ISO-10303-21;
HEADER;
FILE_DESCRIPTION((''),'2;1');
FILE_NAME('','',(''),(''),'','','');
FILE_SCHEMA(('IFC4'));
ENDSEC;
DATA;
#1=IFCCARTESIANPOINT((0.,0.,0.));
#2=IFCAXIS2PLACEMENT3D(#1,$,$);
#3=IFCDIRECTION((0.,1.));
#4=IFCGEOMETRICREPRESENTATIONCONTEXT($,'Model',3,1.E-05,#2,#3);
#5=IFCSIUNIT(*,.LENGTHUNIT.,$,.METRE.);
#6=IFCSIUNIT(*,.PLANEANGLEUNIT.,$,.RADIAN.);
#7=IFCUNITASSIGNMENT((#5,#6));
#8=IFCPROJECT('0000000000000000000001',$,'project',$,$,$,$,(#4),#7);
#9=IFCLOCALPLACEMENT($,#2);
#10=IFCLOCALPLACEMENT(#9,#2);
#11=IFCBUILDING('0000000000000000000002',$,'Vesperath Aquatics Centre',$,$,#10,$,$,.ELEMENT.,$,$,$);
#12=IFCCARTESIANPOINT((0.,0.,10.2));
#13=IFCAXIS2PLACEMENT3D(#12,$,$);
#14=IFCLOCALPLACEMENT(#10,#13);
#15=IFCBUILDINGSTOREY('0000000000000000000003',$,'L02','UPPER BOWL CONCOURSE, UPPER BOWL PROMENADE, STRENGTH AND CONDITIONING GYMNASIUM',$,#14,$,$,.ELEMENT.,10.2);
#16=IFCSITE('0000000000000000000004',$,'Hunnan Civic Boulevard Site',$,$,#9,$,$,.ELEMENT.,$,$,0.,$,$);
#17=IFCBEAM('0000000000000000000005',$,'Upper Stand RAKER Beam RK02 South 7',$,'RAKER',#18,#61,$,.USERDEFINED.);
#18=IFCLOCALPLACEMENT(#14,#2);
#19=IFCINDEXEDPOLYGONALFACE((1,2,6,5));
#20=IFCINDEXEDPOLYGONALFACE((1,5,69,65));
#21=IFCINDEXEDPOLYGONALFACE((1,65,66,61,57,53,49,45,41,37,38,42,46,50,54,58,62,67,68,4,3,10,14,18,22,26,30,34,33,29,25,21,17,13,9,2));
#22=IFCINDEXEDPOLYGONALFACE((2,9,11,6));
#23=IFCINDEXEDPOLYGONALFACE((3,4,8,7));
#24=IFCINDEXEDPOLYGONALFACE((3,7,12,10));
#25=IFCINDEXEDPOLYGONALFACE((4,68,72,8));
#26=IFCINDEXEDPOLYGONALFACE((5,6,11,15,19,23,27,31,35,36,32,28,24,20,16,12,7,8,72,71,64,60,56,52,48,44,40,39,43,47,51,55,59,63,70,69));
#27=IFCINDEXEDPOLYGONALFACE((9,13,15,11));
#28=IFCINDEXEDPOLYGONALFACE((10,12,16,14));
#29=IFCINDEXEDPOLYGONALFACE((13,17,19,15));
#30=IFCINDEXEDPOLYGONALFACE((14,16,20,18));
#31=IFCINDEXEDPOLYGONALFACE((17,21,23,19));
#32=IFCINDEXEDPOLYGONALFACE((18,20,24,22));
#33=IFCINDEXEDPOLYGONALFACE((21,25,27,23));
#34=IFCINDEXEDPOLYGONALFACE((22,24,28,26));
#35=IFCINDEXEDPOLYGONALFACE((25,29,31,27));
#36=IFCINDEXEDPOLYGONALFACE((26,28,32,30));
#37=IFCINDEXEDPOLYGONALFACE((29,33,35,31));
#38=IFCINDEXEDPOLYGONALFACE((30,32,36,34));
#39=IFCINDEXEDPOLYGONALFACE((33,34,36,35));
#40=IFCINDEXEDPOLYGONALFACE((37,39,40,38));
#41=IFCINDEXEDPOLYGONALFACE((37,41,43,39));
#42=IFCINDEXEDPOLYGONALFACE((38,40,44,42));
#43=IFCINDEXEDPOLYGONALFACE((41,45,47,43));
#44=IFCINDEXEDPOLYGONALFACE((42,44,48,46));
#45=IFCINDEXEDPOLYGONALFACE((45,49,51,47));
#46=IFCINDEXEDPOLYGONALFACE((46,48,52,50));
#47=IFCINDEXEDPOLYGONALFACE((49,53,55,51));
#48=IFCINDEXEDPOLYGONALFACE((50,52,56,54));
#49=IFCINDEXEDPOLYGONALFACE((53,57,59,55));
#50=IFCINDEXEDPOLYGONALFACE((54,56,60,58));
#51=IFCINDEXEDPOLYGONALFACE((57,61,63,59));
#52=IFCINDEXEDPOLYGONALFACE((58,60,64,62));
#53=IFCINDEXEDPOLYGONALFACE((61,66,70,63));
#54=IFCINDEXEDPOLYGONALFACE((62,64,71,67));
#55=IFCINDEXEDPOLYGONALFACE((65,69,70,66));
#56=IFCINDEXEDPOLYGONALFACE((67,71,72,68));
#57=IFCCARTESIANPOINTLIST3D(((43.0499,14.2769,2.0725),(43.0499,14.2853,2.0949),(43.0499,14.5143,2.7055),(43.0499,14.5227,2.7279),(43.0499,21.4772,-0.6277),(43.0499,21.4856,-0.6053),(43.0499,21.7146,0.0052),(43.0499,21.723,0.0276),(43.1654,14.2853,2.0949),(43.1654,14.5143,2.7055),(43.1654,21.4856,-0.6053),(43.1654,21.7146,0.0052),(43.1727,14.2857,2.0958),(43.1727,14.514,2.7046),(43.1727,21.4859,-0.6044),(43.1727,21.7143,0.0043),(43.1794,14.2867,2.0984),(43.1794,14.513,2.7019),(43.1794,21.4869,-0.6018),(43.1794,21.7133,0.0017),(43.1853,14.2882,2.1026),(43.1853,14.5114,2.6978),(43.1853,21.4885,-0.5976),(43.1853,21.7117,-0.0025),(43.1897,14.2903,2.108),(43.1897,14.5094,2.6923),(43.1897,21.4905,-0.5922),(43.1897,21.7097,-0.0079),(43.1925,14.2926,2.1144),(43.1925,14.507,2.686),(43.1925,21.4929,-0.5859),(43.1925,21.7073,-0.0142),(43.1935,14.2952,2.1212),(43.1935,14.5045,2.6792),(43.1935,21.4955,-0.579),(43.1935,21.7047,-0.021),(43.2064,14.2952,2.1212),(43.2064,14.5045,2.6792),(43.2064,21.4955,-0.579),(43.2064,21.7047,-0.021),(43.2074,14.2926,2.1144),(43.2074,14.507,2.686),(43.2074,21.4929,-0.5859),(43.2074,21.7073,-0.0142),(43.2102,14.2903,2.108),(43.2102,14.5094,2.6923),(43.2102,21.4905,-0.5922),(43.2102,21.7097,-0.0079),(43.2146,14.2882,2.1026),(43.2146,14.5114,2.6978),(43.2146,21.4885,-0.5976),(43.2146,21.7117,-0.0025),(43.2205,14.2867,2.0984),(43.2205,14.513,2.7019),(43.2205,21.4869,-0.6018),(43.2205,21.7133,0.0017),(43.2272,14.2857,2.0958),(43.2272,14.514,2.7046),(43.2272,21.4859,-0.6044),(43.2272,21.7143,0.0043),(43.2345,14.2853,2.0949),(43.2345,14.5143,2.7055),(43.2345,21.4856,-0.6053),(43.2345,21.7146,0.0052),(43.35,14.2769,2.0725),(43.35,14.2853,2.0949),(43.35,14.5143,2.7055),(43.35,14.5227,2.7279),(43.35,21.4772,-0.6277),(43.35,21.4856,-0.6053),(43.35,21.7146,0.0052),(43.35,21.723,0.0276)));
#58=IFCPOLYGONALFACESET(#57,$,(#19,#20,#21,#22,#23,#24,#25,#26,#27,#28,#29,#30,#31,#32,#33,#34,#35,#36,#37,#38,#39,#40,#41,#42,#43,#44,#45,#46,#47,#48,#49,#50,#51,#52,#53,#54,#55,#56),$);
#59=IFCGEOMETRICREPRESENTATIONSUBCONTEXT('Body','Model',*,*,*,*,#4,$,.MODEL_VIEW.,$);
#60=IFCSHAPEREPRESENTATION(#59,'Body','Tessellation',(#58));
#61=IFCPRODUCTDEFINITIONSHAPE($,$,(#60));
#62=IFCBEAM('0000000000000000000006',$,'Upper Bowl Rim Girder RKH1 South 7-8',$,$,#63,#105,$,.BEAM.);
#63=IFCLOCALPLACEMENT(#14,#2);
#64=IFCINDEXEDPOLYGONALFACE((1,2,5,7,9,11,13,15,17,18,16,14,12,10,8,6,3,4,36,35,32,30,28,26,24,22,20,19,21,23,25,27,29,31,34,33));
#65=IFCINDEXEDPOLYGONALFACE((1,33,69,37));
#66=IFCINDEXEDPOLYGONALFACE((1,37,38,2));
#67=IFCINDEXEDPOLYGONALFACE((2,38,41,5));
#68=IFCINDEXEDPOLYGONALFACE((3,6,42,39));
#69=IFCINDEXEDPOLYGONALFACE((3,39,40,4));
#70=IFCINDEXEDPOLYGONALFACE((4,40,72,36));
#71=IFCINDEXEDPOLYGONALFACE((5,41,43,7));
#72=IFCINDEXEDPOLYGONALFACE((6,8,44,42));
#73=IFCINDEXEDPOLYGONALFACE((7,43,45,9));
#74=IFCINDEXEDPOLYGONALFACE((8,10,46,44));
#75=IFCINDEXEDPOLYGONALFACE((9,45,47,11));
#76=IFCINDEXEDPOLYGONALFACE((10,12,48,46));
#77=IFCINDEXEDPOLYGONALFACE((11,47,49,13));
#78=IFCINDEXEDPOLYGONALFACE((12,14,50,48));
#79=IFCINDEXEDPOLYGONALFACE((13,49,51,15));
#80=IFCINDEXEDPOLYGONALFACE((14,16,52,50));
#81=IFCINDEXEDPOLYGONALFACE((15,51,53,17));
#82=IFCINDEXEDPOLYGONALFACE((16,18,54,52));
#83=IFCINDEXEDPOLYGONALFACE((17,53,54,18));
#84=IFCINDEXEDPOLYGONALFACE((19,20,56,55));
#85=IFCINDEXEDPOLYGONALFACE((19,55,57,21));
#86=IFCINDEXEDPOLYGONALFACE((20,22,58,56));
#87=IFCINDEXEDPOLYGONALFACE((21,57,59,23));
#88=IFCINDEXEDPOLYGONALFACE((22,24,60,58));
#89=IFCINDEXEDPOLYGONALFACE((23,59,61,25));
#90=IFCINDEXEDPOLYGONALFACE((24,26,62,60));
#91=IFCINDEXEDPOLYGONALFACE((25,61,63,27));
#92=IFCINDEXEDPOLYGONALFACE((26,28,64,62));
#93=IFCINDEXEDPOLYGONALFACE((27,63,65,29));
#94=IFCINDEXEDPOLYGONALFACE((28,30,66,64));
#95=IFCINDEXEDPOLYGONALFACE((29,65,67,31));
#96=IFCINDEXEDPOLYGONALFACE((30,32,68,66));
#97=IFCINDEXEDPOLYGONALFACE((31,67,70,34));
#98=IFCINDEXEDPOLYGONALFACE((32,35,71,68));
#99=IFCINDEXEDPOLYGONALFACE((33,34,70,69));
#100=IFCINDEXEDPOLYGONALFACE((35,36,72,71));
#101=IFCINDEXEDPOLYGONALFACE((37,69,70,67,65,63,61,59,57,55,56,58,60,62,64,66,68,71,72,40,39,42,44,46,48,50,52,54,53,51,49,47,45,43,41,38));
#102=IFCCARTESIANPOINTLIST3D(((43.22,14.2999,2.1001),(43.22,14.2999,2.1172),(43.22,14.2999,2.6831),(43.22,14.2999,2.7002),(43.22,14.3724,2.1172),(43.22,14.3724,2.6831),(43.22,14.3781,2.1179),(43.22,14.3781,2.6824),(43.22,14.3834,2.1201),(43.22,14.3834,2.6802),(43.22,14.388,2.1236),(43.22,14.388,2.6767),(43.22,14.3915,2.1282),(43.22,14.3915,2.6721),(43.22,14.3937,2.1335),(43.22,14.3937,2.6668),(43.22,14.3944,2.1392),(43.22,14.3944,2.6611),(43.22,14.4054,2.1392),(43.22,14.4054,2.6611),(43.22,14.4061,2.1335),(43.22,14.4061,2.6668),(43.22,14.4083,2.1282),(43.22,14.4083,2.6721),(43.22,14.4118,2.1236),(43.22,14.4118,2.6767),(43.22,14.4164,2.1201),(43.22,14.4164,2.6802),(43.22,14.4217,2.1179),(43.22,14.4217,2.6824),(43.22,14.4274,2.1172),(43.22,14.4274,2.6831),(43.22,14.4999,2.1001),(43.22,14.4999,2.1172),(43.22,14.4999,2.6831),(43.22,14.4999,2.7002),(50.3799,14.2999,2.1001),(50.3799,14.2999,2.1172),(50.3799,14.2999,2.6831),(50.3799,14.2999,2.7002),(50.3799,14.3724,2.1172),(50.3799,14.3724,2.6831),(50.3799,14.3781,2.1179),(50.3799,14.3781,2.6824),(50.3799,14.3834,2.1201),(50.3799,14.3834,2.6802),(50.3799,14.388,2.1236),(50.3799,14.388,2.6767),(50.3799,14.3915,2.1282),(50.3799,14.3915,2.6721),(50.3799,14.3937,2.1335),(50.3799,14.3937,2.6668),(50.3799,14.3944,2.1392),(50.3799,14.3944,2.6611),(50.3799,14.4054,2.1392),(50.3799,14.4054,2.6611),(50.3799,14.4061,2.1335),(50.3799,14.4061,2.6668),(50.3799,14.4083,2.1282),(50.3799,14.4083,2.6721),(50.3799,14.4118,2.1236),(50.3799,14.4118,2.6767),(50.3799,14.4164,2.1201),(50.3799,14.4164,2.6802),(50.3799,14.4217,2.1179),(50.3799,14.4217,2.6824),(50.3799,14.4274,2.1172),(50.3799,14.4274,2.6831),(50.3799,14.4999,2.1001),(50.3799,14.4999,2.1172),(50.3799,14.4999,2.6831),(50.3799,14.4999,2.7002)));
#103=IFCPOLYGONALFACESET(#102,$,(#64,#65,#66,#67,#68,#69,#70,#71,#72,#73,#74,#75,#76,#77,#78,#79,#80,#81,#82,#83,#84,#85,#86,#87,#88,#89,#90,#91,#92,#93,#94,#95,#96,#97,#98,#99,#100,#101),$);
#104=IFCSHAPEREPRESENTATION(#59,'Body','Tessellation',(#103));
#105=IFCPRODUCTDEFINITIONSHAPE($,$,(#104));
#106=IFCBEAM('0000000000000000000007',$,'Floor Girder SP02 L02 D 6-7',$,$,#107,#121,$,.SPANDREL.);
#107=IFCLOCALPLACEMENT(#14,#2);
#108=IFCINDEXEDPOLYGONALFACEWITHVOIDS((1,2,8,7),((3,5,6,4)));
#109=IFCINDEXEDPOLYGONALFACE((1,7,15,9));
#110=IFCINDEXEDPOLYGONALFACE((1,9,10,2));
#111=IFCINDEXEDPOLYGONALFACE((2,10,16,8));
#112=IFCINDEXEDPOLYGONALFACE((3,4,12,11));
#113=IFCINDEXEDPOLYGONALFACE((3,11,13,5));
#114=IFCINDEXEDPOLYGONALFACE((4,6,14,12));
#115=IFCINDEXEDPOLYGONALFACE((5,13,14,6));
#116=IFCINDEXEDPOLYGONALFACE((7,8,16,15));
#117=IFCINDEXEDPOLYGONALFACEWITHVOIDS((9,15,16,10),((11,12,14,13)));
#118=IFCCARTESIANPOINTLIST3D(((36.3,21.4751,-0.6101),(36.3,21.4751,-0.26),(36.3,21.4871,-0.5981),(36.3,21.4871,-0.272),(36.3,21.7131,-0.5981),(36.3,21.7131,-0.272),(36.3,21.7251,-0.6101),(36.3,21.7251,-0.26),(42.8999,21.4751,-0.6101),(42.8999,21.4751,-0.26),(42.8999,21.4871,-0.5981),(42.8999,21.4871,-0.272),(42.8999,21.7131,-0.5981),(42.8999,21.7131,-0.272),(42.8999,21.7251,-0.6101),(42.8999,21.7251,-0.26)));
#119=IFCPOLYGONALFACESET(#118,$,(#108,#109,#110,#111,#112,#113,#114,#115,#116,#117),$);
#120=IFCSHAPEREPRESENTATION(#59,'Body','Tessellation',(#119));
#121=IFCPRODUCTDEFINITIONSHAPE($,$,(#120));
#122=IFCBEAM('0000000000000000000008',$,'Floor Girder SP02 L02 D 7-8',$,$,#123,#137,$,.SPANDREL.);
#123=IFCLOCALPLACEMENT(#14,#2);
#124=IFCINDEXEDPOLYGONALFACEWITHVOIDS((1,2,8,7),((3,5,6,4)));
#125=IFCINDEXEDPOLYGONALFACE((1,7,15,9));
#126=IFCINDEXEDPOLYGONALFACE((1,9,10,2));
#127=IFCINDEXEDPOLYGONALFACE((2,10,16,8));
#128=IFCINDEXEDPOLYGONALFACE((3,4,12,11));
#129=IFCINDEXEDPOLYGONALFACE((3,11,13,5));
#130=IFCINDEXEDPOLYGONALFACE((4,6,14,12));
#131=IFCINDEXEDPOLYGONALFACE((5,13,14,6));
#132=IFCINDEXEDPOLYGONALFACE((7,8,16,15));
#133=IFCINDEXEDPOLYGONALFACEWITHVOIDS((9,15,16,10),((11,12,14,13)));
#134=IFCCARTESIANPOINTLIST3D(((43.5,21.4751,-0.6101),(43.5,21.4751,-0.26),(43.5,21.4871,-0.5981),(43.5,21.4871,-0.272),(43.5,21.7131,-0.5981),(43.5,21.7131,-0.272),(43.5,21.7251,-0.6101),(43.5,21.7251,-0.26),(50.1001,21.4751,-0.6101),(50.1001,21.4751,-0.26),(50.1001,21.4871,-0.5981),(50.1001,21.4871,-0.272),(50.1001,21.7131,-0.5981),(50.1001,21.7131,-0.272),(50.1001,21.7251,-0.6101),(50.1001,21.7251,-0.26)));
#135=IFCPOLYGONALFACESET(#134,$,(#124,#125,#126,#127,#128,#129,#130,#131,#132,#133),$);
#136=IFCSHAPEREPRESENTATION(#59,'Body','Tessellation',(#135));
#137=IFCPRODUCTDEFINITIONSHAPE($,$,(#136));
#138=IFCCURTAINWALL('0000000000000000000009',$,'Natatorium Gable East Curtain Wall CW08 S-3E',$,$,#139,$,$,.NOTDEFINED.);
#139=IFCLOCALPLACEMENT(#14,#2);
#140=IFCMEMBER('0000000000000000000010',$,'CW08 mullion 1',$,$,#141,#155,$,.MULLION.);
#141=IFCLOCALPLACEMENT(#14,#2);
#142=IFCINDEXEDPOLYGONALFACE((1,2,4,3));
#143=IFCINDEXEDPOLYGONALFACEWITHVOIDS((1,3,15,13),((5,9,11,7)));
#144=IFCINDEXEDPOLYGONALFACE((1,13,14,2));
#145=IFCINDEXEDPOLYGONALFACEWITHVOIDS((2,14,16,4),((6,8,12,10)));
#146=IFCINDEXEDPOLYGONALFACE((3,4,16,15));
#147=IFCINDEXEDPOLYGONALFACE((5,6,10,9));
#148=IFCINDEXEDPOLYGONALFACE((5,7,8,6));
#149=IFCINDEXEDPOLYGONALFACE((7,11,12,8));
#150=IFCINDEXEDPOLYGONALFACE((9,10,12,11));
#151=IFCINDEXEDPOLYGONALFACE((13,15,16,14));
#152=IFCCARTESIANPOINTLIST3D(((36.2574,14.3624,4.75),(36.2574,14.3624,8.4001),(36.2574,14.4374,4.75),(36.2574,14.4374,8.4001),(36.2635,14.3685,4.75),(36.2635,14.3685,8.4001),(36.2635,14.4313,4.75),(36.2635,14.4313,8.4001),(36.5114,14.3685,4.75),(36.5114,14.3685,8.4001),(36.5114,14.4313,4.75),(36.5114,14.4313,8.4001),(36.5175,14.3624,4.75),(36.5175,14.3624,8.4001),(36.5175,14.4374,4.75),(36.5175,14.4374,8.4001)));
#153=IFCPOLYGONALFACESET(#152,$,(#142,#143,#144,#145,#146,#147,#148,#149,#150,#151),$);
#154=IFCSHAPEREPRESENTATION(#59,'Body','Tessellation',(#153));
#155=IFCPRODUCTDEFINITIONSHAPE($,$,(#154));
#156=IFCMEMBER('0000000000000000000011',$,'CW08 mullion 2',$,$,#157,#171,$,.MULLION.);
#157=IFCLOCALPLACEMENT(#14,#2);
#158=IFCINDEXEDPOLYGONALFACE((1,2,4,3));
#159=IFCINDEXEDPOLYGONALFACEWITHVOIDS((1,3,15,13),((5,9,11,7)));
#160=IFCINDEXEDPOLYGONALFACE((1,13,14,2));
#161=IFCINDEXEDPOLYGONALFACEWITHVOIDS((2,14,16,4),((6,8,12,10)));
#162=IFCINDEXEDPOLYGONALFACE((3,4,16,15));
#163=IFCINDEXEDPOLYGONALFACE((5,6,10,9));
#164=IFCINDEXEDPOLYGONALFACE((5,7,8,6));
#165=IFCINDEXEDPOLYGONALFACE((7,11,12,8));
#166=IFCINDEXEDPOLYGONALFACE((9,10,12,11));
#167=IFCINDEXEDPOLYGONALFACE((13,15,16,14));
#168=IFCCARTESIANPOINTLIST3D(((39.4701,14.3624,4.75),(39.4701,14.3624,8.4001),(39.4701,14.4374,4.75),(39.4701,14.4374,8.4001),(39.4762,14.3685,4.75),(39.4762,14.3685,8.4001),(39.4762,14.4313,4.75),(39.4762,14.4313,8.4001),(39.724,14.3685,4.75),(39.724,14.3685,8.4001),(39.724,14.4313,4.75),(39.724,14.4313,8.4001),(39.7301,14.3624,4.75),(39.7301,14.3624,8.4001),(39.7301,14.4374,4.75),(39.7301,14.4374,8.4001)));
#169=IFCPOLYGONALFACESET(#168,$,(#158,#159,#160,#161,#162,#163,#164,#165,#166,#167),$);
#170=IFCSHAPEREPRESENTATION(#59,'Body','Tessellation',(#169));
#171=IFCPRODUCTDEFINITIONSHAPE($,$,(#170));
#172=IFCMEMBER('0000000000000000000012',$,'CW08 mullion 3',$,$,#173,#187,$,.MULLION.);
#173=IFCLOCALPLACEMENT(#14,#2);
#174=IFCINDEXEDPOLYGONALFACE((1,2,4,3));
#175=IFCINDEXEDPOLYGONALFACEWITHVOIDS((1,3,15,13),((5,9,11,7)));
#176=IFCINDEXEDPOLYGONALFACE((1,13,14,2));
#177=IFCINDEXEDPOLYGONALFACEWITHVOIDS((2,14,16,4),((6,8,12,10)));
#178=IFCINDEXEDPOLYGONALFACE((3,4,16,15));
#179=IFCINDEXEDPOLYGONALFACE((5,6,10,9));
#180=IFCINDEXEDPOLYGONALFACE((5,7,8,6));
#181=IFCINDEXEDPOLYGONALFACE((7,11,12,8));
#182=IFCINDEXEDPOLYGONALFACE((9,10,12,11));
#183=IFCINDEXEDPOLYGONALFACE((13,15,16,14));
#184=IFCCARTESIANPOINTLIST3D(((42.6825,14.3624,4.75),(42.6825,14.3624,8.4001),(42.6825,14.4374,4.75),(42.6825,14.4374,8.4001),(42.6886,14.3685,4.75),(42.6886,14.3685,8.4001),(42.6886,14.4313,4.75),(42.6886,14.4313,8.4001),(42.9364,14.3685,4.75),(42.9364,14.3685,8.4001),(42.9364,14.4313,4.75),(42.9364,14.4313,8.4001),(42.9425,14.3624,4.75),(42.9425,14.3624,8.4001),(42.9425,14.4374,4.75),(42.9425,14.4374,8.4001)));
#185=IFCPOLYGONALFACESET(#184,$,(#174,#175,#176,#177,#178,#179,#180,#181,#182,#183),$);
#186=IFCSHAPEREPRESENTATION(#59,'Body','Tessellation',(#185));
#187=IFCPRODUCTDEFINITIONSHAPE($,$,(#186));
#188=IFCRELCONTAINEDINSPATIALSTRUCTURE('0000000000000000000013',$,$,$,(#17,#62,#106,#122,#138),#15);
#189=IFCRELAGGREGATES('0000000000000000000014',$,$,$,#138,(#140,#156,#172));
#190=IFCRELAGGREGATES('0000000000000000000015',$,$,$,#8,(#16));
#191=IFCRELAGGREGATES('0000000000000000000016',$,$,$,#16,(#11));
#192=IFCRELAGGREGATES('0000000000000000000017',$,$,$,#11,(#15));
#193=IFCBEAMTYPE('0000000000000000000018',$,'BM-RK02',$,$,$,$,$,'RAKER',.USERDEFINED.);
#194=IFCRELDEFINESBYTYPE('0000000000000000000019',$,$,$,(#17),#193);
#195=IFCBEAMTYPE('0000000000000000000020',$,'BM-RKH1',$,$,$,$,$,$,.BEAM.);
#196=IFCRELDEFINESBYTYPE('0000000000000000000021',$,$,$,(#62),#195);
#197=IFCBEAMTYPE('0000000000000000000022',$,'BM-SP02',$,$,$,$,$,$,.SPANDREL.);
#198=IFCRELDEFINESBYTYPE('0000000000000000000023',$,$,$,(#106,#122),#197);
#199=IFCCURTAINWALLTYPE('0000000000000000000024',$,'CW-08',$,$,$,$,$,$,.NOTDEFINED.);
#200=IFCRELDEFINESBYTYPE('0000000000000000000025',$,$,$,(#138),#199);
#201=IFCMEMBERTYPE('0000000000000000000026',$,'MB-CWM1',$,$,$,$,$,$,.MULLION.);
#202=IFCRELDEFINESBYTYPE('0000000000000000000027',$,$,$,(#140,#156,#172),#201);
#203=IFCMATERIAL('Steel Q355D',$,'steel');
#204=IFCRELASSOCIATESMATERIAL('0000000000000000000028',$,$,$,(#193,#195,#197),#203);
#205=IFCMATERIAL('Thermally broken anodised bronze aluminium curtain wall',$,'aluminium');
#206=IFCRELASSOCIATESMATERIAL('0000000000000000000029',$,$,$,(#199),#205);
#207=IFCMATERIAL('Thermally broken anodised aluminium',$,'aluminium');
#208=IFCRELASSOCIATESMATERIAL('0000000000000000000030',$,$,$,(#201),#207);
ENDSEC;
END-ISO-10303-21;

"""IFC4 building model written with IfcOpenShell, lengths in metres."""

from ifc_helpers import new_model, si_unit, direction, frame, origin, origin_2d, place, context, subcontext, project, spatial, hollow_rectangle, i_section, extrude, material, material_profile, profile_set, type_object, element, aggregate, save


model = new_model("IFC4")

# Units and contexts
model_context = context("Model", 3, precision=1e-05, world=origin(), true_north=direction((0.0, 1.0)))
body_context = subcontext(model_context, "Body", "Model", "MODEL_VIEW")
ifc_project = project(units=[si_unit("LENGTHUNIT", "METRE"), si_unit("PLANEANGLEUNIT", "RADIAN")], contexts=[model_context])

# Site, building, storey
site_placement = place(None, origin())
site = spatial("IfcSite", under=ifc_project, at=site_placement, Name="Hunnan Civic Boulevard Site", CompositionType="ELEMENT", RefElevation=0.0)
building_placement = place(site_placement, origin())
building = spatial("IfcBuilding", under=site, at=building_placement, Name="Vesperath Aquatics Centre", CompositionType="ELEMENT")
storey_placement = place(building_placement, frame((0.0, 0.0, 10.2)))
storey = spatial("IfcBuildingStorey", under=building, at=storey_placement, Name="L02", Description="UPPER BOWL CONCOURSE, UPPER BOWL PROMENADE, STRENGTH AND CONDITIONING GYMNASIUM", CompositionType="ELEMENT", Elevation=10.2)

# Shared definitions
ifc_material_1 = material(Name="Steel Q355D", Category="steel")

# Beams
ifc_material_profile_1 = material_profile(ifc_material_1, i_section(OverallWidth=0.3, OverallDepth=0.7, WebThickness=0.0129, FlangeThickness=0.0239, FilletRadius=0.0281, at=origin_2d()), Name="HN 700x300x13x24")
ifc_profile_set_1 = profile_set([ifc_material_profile_1], Name="Steel Q355D")
beam_type_1 = type_object("IfcBeamType", Name="BM-RK02", ElementType="RAKER", PredefinedType="USERDEFINED", material=ifc_profile_set_1)
beam_1_placement = place(storey_placement, frame((43.2, 21.6001, -0.3), z_axis=(0.0, -0.936324, 0.351137), x_axis=(1.0, 0.0, 0.0)))
element("IfcBeam", 1, at=beam_1_placement, inside=storey, type_object=beam_type_1, Name="Upper Stand RAKER Beam RK02 South 7", ObjectType="RAKER", PredefinedType="USERDEFINED", context=body_context, shape_type="SweptSolid", body=[
    extrude(i_section(OverallWidth=0.3, OverallDepth=0.7, WebThickness=0.0129, FlangeThickness=0.0239, FilletRadius=0.0281, at=origin_2d()), origin(), (0.0, 0.0, 1.0), 7.6899),
])
ifc_material_profile_2 = material_profile(ifc_material_1, i_section(OverallWidth=0.2, OverallDepth=0.6001, WebThickness=0.011, FlangeThickness=0.0171, FilletRadius=0.022, at=origin_2d()), Name="HN 600x200x11x17")
ifc_profile_set_2 = profile_set([ifc_material_profile_2], Name="Steel Q355D")
beam_type_2 = type_object("IfcBeamType", Name="BM-RKH1", PredefinedType="BEAM", material=ifc_profile_set_2)
beam_2_placement = place(storey_placement, frame((43.22, 14.3999, 2.4001), z_axis=(1.0, 0.0, 0.0), x_axis=(0.0, 1.0, 0.0)))
element("IfcBeam", 2, at=beam_2_placement, inside=storey, type_object=beam_type_2, Name="Upper Bowl Rim Girder RKH1 South 7-8", PredefinedType="BEAM", context=body_context, shape_type="SweptSolid", body=[
    extrude(i_section(OverallWidth=0.2, OverallDepth=0.6001, WebThickness=0.011, FlangeThickness=0.0171, FilletRadius=0.022, at=origin_2d()), origin(), (0.0, 0.0, 1.0), 7.1599),
])
ifc_material_profile_3 = material_profile(ifc_material_1, hollow_rectangle(XDim=0.25, YDim=0.3501, WallThickness=0.012, at=origin_2d()), Name="RHS 350x250x12")
ifc_profile_set_3 = profile_set([ifc_material_profile_3], Name="Steel Q355D")
beam_type_3 = type_object("IfcBeamType", Name="BM-SP02", PredefinedType="SPANDREL", material=ifc_profile_set_3)
beam_3_placement = place(storey_placement, frame((36.3, 21.6001, -0.4351), z_axis=(1.0, 0.0, 0.0), x_axis=(0.0, 1.0, 0.0)))
element("IfcBeam", 3, at=beam_3_placement, inside=storey, type_object=beam_type_3, Name="Floor Girder SP02 L02 D 6-7", PredefinedType="SPANDREL", context=body_context, shape_type="SweptSolid", body=[
    extrude(hollow_rectangle(XDim=0.25, YDim=0.3501, WallThickness=0.012, at=origin_2d()), origin(), (0.0, 0.0, 1.0), 6.5999),
])
beam_4_placement = place(storey_placement, frame((43.5, 21.6001, -0.4351), z_axis=(1.0, 0.0, 0.0), x_axis=(0.0, 1.0, 0.0)))
element("IfcBeam", 4, at=beam_4_placement, inside=storey, type_object=beam_type_3, Name="Floor Girder SP02 L02 D 7-8", PredefinedType="SPANDREL", context=body_context, shape_type="SweptSolid", body=[
    extrude(hollow_rectangle(XDim=0.25, YDim=0.3501, WallThickness=0.012, at=origin_2d()), origin(), (0.0, 0.0, 1.0), 6.6001),
])

# Curtain wall, members
ifc_material_2 = material(Name="Thermally broken anodised bronze aluminium curtain wall", Category="aluminium")
curtain_wall_type_1 = type_object("IfcCurtainWallType", Name="CW-08", PredefinedType="NOTDEFINED", material=ifc_material_2)
curtain_wall_1_placement = place(storey_placement, origin())
curtain_wall_1 = element("IfcCurtainWall", 5, at=curtain_wall_1_placement, inside=storey, type_object=curtain_wall_type_1, Name="Natatorium Gable East Curtain Wall CW08 S-3E", PredefinedType="NOTDEFINED")
ifc_material_3 = material(Name="Thermally broken anodised aluminium", Category="aluminium")
ifc_material_profile_4 = material_profile(ifc_material_3, hollow_rectangle(XDim=0.075, YDim=0.26, WallThickness=0.0061, at=origin_2d()), Name="CWM 75x260x6")
ifc_profile_set_4 = profile_set([ifc_material_profile_4], Name="Thermally broken anodised aluminium")
member_type_1 = type_object("IfcMemberType", Name="MB-CWM1", PredefinedType="MULLION", material=ifc_profile_set_4)
member_1_placement = place(storey_placement, frame((36.3875, 14.3999, 4.75), z_axis=(0.0, 0.0, 1.0), x_axis=(0.0, 1.0, 0.0)))
member_1 = element("IfcMember", 6, at=member_1_placement, type_object=member_type_1, Name="CW08 mullion 1", PredefinedType="MULLION", context=body_context, shape_type="SweptSolid", body=[
    extrude(hollow_rectangle(XDim=0.075, YDim=0.26, WallThickness=0.0061, at=origin_2d()), origin(), (0.0, 0.0, 1.0), 3.6501),
])
member_2_placement = place(storey_placement, frame((39.6001, 14.3999, 4.75), z_axis=(0.0, 0.0, 1.0), x_axis=(0.0, 1.0, 0.0)))
member_2 = element("IfcMember", 7, at=member_2_placement, type_object=member_type_1, Name="CW08 mullion 2", PredefinedType="MULLION", context=body_context, shape_type="SweptSolid", body=[
    extrude(hollow_rectangle(XDim=0.075, YDim=0.26, WallThickness=0.0061, at=origin_2d()), origin(), (0.0, 0.0, 1.0), 3.6501),
])
member_3_placement = place(storey_placement, frame((42.8125, 14.3999, 4.75), z_axis=(0.0, 0.0, 1.0), x_axis=(0.0, 1.0, 0.0)))
member_3 = element("IfcMember", 8, at=member_3_placement, type_object=member_type_1, Name="CW08 mullion 3", PredefinedType="MULLION", context=body_context, shape_type="SweptSolid", body=[
    extrude(hollow_rectangle(XDim=0.075, YDim=0.26, WallThickness=0.0061, at=origin_2d()), origin(), (0.0, 0.0, 1.0), 3.6501),
])

aggregate(curtain_wall_1, [member_1, member_2, member_3])

save(model, "model.ifc")
